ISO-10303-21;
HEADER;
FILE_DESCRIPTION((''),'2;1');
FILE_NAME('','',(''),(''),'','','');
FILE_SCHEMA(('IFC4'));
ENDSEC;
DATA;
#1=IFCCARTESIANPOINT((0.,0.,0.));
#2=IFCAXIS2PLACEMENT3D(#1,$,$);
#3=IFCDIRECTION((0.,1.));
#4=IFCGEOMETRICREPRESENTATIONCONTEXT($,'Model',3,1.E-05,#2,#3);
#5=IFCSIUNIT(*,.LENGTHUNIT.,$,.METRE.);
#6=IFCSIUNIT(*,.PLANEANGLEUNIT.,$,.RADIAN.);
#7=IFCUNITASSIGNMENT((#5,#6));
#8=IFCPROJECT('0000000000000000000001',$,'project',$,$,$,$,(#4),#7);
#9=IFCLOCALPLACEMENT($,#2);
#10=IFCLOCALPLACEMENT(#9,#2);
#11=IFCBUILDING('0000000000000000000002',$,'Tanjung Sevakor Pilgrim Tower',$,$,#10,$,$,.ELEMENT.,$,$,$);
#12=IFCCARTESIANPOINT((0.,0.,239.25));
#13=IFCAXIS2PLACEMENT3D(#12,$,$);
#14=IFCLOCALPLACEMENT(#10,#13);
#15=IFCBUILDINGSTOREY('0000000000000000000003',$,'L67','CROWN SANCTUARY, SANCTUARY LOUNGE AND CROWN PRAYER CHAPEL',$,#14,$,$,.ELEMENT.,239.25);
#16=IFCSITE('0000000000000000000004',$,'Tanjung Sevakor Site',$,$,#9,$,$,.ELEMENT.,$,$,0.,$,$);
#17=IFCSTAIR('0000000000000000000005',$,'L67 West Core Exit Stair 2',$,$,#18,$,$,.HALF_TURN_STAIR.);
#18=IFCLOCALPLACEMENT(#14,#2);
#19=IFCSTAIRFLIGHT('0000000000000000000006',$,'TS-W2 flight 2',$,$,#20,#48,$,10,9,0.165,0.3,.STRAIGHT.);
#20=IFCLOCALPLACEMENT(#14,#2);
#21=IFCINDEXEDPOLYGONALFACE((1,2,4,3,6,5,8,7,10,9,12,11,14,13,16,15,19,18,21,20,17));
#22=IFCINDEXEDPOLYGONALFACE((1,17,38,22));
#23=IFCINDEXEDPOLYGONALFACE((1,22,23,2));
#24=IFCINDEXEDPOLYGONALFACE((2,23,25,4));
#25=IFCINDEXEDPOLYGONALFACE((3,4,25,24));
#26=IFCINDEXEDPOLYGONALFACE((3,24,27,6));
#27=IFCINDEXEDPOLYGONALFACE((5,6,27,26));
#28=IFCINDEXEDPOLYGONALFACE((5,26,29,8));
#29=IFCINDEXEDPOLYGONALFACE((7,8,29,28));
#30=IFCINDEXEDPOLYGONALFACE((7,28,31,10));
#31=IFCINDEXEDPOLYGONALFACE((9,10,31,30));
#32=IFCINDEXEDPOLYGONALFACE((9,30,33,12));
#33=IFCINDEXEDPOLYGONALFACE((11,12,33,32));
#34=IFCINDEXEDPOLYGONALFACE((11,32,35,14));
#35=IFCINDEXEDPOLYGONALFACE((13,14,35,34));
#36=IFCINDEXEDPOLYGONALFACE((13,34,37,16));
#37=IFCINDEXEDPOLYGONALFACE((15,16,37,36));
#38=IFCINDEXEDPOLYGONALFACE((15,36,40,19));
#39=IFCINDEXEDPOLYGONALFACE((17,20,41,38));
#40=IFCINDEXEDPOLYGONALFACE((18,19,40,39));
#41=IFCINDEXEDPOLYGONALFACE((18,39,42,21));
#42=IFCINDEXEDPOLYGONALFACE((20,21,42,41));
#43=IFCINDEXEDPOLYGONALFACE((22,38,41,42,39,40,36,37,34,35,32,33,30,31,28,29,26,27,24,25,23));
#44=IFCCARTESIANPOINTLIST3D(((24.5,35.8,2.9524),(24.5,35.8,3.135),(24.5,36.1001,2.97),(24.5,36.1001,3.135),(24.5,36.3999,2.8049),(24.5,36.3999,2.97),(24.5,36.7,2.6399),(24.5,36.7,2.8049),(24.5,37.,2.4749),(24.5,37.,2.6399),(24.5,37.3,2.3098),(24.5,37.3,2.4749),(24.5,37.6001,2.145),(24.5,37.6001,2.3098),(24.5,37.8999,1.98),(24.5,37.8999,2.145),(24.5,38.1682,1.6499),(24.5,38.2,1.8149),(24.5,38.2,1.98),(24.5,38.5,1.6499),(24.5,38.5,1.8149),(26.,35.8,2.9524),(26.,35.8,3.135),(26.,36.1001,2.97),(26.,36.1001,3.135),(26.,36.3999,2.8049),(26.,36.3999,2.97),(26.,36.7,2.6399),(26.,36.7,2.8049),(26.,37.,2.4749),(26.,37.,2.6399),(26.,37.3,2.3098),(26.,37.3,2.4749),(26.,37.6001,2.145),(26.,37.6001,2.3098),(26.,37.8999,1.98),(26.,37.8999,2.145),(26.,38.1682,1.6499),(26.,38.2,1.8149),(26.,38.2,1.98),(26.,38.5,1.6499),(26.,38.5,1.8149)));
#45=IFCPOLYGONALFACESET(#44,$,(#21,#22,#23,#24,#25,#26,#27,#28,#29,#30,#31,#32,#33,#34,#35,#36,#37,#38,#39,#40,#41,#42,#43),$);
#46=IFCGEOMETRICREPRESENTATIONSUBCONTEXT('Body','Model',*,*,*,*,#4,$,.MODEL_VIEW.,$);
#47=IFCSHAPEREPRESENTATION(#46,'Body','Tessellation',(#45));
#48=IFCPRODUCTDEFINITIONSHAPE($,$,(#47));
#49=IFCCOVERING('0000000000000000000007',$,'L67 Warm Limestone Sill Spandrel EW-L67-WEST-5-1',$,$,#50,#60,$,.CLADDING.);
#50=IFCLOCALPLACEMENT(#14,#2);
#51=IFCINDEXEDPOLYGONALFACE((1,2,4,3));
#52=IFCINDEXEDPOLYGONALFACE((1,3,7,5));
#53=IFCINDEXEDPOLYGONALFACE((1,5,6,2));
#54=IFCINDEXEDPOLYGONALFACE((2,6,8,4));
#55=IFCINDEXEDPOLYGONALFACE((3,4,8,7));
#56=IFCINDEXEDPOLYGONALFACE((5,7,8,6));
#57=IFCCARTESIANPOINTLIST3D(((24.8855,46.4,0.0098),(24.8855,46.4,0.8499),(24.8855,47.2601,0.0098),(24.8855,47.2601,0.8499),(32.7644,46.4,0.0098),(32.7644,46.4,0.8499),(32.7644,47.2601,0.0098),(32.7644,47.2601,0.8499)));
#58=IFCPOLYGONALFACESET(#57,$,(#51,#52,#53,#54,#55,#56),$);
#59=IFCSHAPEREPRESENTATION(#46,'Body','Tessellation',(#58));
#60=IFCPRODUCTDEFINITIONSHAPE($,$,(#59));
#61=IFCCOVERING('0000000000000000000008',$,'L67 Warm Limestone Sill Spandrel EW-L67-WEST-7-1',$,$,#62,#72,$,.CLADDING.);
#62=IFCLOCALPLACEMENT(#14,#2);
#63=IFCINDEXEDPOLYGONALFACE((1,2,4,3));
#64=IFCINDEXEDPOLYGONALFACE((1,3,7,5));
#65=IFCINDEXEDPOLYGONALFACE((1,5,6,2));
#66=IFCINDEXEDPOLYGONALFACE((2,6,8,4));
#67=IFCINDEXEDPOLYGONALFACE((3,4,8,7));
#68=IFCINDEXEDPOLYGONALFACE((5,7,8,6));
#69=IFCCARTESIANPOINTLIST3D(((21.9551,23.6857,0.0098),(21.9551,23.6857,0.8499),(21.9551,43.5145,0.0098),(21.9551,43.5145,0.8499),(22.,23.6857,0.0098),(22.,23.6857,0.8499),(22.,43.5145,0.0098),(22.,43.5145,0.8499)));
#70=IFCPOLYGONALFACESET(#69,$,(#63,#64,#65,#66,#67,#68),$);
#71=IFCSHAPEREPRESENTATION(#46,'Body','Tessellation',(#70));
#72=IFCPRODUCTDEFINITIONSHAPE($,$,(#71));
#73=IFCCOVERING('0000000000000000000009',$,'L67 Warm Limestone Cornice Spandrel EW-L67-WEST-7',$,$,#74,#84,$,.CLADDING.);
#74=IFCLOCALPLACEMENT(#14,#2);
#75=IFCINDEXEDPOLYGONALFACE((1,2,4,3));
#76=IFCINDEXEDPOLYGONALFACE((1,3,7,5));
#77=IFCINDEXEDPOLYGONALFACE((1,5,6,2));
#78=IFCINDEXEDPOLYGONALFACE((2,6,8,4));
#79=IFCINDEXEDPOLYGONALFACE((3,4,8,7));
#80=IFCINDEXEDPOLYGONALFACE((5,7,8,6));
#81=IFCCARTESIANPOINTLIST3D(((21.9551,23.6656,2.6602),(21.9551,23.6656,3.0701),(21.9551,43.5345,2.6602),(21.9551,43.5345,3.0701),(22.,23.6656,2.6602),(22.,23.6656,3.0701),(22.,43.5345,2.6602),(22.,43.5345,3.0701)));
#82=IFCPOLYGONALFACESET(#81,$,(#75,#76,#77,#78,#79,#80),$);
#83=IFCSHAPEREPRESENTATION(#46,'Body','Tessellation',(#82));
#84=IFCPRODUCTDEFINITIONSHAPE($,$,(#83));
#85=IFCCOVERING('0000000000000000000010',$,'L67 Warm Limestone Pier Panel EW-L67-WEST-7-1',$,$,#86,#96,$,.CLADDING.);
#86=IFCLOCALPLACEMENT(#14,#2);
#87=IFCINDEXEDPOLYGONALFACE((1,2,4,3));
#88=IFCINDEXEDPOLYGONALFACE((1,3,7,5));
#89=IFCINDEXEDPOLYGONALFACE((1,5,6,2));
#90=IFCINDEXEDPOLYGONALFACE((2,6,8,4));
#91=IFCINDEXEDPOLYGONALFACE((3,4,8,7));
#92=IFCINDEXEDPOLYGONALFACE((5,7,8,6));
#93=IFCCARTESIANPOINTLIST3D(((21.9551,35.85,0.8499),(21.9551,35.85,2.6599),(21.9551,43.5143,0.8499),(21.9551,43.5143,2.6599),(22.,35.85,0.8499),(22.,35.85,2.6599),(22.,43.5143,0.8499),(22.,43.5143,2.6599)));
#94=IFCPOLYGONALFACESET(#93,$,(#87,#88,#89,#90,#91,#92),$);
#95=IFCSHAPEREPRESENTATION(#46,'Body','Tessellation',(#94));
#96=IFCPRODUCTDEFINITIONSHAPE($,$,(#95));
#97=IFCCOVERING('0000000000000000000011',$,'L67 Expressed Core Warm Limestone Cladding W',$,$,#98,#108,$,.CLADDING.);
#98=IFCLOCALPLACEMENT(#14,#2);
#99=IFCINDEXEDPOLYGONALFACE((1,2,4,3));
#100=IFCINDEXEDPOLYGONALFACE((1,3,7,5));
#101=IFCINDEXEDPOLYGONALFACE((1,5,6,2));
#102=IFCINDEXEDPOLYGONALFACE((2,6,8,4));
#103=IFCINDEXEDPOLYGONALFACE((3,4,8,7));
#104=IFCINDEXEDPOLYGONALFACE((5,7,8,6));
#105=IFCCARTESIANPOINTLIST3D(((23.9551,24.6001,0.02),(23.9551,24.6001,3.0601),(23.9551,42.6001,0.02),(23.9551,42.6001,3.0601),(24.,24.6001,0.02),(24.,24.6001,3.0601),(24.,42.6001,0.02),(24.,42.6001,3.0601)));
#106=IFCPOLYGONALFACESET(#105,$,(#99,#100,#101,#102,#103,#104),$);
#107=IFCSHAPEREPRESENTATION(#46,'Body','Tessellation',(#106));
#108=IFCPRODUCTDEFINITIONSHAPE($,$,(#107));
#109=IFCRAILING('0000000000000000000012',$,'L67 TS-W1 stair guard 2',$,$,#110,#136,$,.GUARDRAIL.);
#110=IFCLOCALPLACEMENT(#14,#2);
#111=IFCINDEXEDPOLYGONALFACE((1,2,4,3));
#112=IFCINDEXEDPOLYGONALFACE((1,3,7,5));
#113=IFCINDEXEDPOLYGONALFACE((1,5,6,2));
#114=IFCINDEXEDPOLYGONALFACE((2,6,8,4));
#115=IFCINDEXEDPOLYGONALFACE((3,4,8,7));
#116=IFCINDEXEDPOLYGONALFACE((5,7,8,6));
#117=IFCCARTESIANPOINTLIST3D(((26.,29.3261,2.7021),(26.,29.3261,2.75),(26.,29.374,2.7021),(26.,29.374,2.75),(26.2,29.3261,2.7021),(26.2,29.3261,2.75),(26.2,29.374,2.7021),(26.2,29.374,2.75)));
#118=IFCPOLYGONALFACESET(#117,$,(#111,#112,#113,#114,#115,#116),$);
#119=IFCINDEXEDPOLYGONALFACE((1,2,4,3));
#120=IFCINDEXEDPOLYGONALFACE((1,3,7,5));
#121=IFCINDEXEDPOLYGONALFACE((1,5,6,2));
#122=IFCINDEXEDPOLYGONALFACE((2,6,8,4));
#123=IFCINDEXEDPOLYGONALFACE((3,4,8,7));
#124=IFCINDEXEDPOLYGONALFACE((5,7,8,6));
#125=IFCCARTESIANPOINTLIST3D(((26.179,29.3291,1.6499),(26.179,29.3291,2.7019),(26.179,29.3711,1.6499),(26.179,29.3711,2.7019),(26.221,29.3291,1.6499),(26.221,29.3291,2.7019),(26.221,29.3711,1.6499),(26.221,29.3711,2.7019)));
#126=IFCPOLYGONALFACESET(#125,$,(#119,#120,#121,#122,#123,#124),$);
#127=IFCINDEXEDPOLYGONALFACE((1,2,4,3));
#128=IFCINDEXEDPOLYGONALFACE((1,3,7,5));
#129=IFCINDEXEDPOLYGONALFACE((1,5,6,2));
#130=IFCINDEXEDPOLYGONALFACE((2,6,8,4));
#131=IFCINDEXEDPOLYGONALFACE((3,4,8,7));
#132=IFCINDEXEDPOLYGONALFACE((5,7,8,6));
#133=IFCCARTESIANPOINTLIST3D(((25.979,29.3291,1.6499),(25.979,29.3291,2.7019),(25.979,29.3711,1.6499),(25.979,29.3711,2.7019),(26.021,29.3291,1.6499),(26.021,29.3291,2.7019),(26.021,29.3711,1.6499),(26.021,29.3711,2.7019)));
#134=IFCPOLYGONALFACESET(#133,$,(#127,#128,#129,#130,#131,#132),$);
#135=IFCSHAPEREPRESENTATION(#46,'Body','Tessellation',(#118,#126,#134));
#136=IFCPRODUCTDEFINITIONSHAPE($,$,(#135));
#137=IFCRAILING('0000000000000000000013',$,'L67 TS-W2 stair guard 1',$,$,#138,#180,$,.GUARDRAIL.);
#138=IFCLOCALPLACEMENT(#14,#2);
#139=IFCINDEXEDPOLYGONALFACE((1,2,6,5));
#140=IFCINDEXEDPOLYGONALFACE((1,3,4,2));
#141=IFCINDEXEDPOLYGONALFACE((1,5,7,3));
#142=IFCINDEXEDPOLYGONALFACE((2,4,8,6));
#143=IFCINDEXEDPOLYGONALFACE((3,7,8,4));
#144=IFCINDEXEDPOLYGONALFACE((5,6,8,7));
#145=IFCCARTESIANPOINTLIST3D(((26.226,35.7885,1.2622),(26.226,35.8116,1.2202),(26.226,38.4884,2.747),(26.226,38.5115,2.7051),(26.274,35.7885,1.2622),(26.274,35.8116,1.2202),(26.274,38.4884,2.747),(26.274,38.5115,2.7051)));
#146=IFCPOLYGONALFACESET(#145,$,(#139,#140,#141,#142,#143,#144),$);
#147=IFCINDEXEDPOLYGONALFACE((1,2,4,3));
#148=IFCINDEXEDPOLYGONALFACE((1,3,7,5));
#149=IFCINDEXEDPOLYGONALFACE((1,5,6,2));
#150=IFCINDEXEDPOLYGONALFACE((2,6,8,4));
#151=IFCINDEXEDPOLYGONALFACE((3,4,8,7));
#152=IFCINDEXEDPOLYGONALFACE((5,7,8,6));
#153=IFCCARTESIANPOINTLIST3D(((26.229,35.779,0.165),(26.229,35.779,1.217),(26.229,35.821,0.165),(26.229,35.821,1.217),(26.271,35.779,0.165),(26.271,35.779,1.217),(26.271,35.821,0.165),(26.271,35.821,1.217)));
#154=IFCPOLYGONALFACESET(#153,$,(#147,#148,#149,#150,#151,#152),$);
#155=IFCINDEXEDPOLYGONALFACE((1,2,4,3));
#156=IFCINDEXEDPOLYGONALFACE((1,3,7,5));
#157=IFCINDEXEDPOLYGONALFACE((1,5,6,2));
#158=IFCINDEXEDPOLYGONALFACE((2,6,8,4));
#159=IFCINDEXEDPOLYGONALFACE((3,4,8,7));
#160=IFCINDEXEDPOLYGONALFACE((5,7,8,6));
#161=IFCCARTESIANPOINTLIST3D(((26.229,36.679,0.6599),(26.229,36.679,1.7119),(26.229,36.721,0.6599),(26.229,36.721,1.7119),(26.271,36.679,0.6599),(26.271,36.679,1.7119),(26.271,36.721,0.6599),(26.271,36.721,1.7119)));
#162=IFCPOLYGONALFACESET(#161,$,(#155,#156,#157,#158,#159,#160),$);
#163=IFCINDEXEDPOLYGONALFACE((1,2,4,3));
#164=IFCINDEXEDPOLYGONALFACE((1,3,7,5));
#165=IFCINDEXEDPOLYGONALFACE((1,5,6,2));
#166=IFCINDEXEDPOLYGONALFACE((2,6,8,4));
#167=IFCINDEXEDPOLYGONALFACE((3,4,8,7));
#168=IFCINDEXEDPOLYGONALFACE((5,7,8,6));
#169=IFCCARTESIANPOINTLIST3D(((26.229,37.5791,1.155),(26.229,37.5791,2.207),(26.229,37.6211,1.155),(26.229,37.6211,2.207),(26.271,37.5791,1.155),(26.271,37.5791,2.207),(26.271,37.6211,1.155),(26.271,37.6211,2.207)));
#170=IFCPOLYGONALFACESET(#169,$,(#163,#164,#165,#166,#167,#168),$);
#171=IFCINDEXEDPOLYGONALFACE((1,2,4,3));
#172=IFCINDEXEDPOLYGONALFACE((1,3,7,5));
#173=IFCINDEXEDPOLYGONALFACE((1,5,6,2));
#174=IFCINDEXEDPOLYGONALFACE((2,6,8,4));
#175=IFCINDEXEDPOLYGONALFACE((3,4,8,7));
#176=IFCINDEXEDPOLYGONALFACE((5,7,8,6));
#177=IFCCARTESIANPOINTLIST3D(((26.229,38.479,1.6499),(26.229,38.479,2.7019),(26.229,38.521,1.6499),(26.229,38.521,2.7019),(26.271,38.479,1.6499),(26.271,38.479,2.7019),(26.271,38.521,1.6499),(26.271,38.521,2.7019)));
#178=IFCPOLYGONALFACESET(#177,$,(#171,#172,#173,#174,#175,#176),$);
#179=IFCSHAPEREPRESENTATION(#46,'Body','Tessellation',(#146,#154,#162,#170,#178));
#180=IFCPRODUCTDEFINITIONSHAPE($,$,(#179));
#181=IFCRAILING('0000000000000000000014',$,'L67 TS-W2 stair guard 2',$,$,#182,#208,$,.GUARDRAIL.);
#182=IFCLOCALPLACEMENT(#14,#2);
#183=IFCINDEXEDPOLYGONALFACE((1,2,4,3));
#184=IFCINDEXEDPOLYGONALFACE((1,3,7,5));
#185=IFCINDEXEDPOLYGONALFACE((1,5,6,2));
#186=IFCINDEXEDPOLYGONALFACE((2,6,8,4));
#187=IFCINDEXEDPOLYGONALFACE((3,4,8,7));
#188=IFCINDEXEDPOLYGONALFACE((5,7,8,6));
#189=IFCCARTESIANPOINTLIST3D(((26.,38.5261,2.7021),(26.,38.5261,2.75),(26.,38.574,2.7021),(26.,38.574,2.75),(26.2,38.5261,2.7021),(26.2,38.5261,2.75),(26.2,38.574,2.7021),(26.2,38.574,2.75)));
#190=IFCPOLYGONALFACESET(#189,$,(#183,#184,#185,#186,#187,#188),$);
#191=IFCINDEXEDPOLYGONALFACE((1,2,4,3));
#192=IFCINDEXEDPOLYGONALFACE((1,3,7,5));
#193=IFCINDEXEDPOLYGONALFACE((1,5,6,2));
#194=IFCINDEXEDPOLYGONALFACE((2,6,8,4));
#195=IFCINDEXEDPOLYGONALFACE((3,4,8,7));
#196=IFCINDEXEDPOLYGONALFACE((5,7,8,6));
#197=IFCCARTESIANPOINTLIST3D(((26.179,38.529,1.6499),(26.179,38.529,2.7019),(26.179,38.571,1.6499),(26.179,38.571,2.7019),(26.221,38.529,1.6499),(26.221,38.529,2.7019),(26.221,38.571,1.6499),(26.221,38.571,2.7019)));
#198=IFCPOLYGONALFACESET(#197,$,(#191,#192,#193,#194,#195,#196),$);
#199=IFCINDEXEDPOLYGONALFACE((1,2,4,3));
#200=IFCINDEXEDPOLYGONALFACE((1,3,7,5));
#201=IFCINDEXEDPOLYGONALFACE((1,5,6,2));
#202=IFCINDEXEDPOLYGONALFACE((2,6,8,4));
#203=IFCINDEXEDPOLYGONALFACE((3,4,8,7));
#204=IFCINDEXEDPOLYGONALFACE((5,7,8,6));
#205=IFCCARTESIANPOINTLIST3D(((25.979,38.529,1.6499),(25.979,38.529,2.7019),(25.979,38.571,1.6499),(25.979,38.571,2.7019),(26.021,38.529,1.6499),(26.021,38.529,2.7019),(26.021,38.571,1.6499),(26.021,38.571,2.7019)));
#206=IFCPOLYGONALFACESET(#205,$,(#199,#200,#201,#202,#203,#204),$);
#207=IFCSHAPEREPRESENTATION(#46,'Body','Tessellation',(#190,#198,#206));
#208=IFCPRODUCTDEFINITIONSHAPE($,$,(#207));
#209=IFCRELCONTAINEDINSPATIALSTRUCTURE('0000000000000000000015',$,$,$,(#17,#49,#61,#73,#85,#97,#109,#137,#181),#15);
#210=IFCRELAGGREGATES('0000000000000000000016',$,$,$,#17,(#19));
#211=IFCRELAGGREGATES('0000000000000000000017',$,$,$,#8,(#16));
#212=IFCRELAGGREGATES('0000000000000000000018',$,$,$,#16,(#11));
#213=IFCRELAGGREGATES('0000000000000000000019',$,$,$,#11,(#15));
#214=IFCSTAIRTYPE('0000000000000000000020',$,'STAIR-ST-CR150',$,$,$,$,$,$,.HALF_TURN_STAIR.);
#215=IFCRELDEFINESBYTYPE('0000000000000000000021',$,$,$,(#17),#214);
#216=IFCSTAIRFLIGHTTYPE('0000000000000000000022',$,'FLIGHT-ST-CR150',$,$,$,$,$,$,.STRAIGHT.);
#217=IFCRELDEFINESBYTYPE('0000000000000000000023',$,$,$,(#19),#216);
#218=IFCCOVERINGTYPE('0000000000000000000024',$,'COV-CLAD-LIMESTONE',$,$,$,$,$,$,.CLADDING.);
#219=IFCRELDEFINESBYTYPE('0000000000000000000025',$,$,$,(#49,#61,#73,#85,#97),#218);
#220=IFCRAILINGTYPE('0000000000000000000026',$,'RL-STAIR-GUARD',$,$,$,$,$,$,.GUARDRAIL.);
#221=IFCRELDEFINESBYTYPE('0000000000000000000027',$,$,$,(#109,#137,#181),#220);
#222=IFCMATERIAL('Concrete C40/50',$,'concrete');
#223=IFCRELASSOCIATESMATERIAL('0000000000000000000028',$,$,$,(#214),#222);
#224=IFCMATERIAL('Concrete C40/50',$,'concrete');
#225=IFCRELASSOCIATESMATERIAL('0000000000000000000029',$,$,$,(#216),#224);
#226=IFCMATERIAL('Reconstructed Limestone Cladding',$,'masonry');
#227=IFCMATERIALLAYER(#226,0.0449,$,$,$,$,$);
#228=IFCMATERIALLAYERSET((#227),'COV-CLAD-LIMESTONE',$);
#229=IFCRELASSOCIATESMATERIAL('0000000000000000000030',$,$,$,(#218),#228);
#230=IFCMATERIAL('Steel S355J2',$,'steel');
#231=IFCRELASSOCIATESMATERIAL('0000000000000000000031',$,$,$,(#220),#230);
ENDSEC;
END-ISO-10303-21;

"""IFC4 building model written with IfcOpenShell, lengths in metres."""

from ifc_helpers import new_model, si_unit, direction, frame, origin, origin_2d, place, context, subcontext, project, spatial, polyline, rectangle, outline, extrude, material, layer, layer_set, type_object, element, aggregate, save


model = new_model("IFC4")

# Units and contexts
model_context = context("Model", 3, precision=1e-05, world=origin(), true_north=direction((0.0, 1.0)))
body_context = subcontext(model_context, "Body", "Model", "MODEL_VIEW")
ifc_project = project(units=[si_unit("LENGTHUNIT", "METRE"), si_unit("PLANEANGLEUNIT", "RADIAN")], contexts=[model_context])

# Site, building, storey
site_placement = place(None, origin())
site = spatial("IfcSite", under=ifc_project, at=site_placement, Name="Tanjung Sevakor Site", CompositionType="ELEMENT", RefElevation=0.0)
building_placement = place(site_placement, origin())
building = spatial("IfcBuilding", under=site, at=building_placement, Name="Tanjung Sevakor Pilgrim Tower", CompositionType="ELEMENT")
storey_placement = place(building_placement, frame((0.0, 0.0, 239.25)))
storey = spatial("IfcBuildingStorey", under=building, at=storey_placement, Name="L67", Description="CROWN SANCTUARY, SANCTUARY LOUNGE AND CROWN PRAYER CHAPEL", CompositionType="ELEMENT", Elevation=239.25)

# Stair, stair flight
ifc_material_1 = material(Name="Concrete C40/50", Category="concrete")
stair_type = type_object("IfcStairType", Name="STAIR-ST-CR150", PredefinedType="HALF_TURN_STAIR", material=ifc_material_1)
stair_placement = place(storey_placement, origin())
stair = element("IfcStair", 1, at=stair_placement, inside=storey, type_object=stair_type, Name="L67 West Core Exit Stair 2", PredefinedType="HALF_TURN_STAIR")
ifc_material_2 = material(Name="Concrete C40/50", Category="concrete")
stair_flight_type = type_object("IfcStairFlightType", Name="FLIGHT-ST-CR150", PredefinedType="STRAIGHT", material=ifc_material_2)
stair_flight_1_placement = place(storey_placement, frame((25.25, 38.5, 1.6499), z_axis=(0.0, 0.0, 1.0), x_axis=(0.0, -1.0, 0.0)))
stair_flight_1 = element("IfcStairFlight", 2, at=stair_flight_1_placement, type_object=stair_flight_type, Name="TS-W2 flight 2", NumberOfRisers=10, NumberOfTreads=9, PredefinedType="STRAIGHT", RiserHeight=0.165, TreadLength=0.3, context=body_context, shape_type="SweptSolid", body=[
    extrude(outline(polyline([(0.0, 0.0), (0.0, 0.165), (0.3, 0.165), (0.3, 0.3301), (0.6001, 0.3301), (0.6001, 0.4951), (0.8999, 0.4951), (0.8999, 0.6599), (1.2, 0.6599), (1.2, 0.825), (1.5, 0.825), (1.5, 0.99), (1.8, 0.99), (1.8, 1.155), (2.1001, 1.155), (2.1001, 1.3201), (2.3999, 1.3201), (2.3999, 1.4851), (2.7, 1.4851), (2.7, 1.6499), (2.7, 1.3025), (0.3318, 0.0), (0.0, 0.0)])), frame((0.0, 0.75, 0.0), z_axis=(0.0, -1.0, 0.0), x_axis=(1.0, 0.0, 0.0)), (0.0, 0.0, 1.0), 1.5),
])
aggregate(stair, [stair_flight_1])

# Coverings
ifc_material_3 = material(Name="Reconstructed Limestone Cladding", Category="masonry")
ifc_layer_1 = layer(ifc_material_3, 0.0449)
ifc_layer_set_1 = layer_set([ifc_layer_1], Name="COV-CLAD-LIMESTONE")
covering_type = type_object("IfcCoveringType", Name="COV-CLAD-LIMESTONE", PredefinedType="CLADDING", material=ifc_layer_set_1)
covering_1_placement = place(storey_placement, frame((28.825, 46.8301, 0.0098), z_axis=(0.0, 0.0, 1.0), x_axis=(-1.0, 0.0, 0.0)))
element("IfcCovering", 3, at=covering_1_placement, inside=storey, type_object=covering_type, Name="L67 Warm Limestone Sill Spandrel EW-L67-WEST-5-1", PredefinedType="CLADDING", context=body_context, shape_type="SweptSolid", body=[
    extrude(rectangle(XDim=7.8789, YDim=0.8601, at=origin_2d()), origin(), (0.0, 0.0, 1.0), 0.8401),
])
covering_2_placement = place(storey_placement, frame((21.9775, 33.6001, 0.0098), z_axis=(0.0, 0.0, 1.0), x_axis=(0.0, -1.0, 0.0)))
element("IfcCovering", 4, at=covering_2_placement, inside=storey, type_object=covering_type, Name="L67 Warm Limestone Sill Spandrel EW-L67-WEST-7-1", PredefinedType="CLADDING", context=body_context, shape_type="SweptSolid", body=[
    extrude(rectangle(XDim=19.8289, YDim=0.0449, at=origin_2d()), origin(), (0.0, 0.0, 1.0), 0.8401),
])
covering_3_placement = place(storey_placement, frame((21.9775, 33.6001, 2.6602), z_axis=(0.0, 0.0, 1.0), x_axis=(0.0, -1.0, 0.0)))
element("IfcCovering", 5, at=covering_3_placement, inside=storey, type_object=covering_type, Name="L67 Warm Limestone Cornice Spandrel EW-L67-WEST-7", PredefinedType="CLADDING", context=body_context, shape_type="SweptSolid", body=[
    extrude(rectangle(XDim=19.8689, YDim=0.0449, at=origin_2d()), origin(), (0.0, 0.0, 1.0), 0.4099),
])
covering_4_placement = place(storey_placement, frame((21.9775, 39.6821, 0.8499), z_axis=(0.0, 0.0, 1.0), x_axis=(0.0, -1.0, 0.0)))
element("IfcCovering", 6, at=covering_4_placement, inside=storey, type_object=covering_type, Name="L67 Warm Limestone Pier Panel EW-L67-WEST-7-1", PredefinedType="CLADDING", context=body_context, shape_type="SweptSolid", body=[
    extrude(rectangle(XDim=7.6643, YDim=0.0449, at=origin_2d()), origin(), (0.0, 0.0, 1.0), 1.8101),
])
covering_5_placement = place(storey_placement, frame((23.9775, 33.6001, 0.02), z_axis=(0.0, 0.0, 1.0), x_axis=(1.0, 0.0, 0.0)))
element("IfcCovering", 7, at=covering_5_placement, inside=storey, type_object=covering_type, Name="L67 Expressed Core Warm Limestone Cladding W", PredefinedType="CLADDING", context=body_context, shape_type="SweptSolid", body=[
    extrude(rectangle(XDim=0.0449, YDim=18.0, at=origin_2d()), origin(), (0.0, 0.0, 1.0), 3.04),
])

# Railings
ifc_material_4 = material(Name="Steel S355J2", Category="steel")
railing_type_1 = type_object("IfcRailingType", Name="RL-STAIR-GUARD", PredefinedType="GUARDRAIL", material=ifc_material_4)
railing_1_placement = place(storey_placement, frame((26.2, 29.3501, 1.6499)))
element("IfcRailing", 8, at=railing_1_placement, inside=storey, type_object=railing_type_1, Name="L67 TS-W1 stair guard 2", PredefinedType="GUARDRAIL", context=body_context, shape_type="SweptSolid", body=[
    extrude(rectangle(XDim=0.0479, YDim=0.0479), frame((0.0, 0.0, 1.0762), z_axis=(-1.0, 0.0, 0.0), x_axis=(0.0, -1.0, 0.0)), (0.0, 0.0, 1.0), 0.2),
    extrude(rectangle(XDim=0.042, YDim=0.042), origin(), (0.0, 0.0, 1.0), 1.052),
    extrude(rectangle(XDim=0.042, YDim=0.042), frame((-0.2, 0.0, 0.0)), (0.0, 0.0, 1.0), 1.052),
])
railing_2_placement = place(storey_placement, frame((26.25, 35.8, 0.165)))
element("IfcRailing", 9, at=railing_2_placement, inside=storey, type_object=railing_type_1, Name="L67 TS-W2 stair guard 1", PredefinedType="GUARDRAIL", context=body_context, shape_type="SweptSolid", body=[
    extrude(rectangle(XDim=0.0479, YDim=0.0479), frame((0.0, 0.0, 1.0762), z_axis=(0.0, 0.876231, 0.481891), x_axis=(-1.0, 0.0, 0.0)), (0.0, 0.0, 1.0), 3.0813),
    extrude(rectangle(XDim=0.042, YDim=0.042), origin(), (0.0, 0.0, 1.0), 1.052),
    extrude(rectangle(XDim=0.042, YDim=0.042), frame((0.0, 0.8999, 0.4949)), (0.0, 0.0, 1.0), 1.052),
    extrude(rectangle(XDim=0.042, YDim=0.042), frame((0.0, 1.8, 0.99)), (0.0, 0.0, 1.0), 1.052),
    extrude(rectangle(XDim=0.042, YDim=0.042), frame((0.0, 2.7, 1.4849)), (0.0, 0.0, 1.0), 1.052),
])
railing_3_placement = place(storey_placement, frame((26.2, 38.55, 1.6499)))
element("IfcRailing", 10, at=railing_3_placement, inside=storey, type_object=railing_type_1, Name="L67 TS-W2 stair guard 2", PredefinedType="GUARDRAIL", context=body_context, shape_type="SweptSolid", body=[
    extrude(rectangle(XDim=0.0479, YDim=0.0479), frame((0.0, 0.0, 1.0762), z_axis=(-1.0, 0.0, 0.0), x_axis=(0.0, -1.0, 0.0)), (0.0, 0.0, 1.0), 0.2),
    extrude(rectangle(XDim=0.042, YDim=0.042), origin(), (0.0, 0.0, 1.0), 1.052),
    extrude(rectangle(XDim=0.042, YDim=0.042), frame((-0.2, 0.0, 0.0)), (0.0, 0.0, 1.0), 1.052),
])

save(model, "model.ifc")
